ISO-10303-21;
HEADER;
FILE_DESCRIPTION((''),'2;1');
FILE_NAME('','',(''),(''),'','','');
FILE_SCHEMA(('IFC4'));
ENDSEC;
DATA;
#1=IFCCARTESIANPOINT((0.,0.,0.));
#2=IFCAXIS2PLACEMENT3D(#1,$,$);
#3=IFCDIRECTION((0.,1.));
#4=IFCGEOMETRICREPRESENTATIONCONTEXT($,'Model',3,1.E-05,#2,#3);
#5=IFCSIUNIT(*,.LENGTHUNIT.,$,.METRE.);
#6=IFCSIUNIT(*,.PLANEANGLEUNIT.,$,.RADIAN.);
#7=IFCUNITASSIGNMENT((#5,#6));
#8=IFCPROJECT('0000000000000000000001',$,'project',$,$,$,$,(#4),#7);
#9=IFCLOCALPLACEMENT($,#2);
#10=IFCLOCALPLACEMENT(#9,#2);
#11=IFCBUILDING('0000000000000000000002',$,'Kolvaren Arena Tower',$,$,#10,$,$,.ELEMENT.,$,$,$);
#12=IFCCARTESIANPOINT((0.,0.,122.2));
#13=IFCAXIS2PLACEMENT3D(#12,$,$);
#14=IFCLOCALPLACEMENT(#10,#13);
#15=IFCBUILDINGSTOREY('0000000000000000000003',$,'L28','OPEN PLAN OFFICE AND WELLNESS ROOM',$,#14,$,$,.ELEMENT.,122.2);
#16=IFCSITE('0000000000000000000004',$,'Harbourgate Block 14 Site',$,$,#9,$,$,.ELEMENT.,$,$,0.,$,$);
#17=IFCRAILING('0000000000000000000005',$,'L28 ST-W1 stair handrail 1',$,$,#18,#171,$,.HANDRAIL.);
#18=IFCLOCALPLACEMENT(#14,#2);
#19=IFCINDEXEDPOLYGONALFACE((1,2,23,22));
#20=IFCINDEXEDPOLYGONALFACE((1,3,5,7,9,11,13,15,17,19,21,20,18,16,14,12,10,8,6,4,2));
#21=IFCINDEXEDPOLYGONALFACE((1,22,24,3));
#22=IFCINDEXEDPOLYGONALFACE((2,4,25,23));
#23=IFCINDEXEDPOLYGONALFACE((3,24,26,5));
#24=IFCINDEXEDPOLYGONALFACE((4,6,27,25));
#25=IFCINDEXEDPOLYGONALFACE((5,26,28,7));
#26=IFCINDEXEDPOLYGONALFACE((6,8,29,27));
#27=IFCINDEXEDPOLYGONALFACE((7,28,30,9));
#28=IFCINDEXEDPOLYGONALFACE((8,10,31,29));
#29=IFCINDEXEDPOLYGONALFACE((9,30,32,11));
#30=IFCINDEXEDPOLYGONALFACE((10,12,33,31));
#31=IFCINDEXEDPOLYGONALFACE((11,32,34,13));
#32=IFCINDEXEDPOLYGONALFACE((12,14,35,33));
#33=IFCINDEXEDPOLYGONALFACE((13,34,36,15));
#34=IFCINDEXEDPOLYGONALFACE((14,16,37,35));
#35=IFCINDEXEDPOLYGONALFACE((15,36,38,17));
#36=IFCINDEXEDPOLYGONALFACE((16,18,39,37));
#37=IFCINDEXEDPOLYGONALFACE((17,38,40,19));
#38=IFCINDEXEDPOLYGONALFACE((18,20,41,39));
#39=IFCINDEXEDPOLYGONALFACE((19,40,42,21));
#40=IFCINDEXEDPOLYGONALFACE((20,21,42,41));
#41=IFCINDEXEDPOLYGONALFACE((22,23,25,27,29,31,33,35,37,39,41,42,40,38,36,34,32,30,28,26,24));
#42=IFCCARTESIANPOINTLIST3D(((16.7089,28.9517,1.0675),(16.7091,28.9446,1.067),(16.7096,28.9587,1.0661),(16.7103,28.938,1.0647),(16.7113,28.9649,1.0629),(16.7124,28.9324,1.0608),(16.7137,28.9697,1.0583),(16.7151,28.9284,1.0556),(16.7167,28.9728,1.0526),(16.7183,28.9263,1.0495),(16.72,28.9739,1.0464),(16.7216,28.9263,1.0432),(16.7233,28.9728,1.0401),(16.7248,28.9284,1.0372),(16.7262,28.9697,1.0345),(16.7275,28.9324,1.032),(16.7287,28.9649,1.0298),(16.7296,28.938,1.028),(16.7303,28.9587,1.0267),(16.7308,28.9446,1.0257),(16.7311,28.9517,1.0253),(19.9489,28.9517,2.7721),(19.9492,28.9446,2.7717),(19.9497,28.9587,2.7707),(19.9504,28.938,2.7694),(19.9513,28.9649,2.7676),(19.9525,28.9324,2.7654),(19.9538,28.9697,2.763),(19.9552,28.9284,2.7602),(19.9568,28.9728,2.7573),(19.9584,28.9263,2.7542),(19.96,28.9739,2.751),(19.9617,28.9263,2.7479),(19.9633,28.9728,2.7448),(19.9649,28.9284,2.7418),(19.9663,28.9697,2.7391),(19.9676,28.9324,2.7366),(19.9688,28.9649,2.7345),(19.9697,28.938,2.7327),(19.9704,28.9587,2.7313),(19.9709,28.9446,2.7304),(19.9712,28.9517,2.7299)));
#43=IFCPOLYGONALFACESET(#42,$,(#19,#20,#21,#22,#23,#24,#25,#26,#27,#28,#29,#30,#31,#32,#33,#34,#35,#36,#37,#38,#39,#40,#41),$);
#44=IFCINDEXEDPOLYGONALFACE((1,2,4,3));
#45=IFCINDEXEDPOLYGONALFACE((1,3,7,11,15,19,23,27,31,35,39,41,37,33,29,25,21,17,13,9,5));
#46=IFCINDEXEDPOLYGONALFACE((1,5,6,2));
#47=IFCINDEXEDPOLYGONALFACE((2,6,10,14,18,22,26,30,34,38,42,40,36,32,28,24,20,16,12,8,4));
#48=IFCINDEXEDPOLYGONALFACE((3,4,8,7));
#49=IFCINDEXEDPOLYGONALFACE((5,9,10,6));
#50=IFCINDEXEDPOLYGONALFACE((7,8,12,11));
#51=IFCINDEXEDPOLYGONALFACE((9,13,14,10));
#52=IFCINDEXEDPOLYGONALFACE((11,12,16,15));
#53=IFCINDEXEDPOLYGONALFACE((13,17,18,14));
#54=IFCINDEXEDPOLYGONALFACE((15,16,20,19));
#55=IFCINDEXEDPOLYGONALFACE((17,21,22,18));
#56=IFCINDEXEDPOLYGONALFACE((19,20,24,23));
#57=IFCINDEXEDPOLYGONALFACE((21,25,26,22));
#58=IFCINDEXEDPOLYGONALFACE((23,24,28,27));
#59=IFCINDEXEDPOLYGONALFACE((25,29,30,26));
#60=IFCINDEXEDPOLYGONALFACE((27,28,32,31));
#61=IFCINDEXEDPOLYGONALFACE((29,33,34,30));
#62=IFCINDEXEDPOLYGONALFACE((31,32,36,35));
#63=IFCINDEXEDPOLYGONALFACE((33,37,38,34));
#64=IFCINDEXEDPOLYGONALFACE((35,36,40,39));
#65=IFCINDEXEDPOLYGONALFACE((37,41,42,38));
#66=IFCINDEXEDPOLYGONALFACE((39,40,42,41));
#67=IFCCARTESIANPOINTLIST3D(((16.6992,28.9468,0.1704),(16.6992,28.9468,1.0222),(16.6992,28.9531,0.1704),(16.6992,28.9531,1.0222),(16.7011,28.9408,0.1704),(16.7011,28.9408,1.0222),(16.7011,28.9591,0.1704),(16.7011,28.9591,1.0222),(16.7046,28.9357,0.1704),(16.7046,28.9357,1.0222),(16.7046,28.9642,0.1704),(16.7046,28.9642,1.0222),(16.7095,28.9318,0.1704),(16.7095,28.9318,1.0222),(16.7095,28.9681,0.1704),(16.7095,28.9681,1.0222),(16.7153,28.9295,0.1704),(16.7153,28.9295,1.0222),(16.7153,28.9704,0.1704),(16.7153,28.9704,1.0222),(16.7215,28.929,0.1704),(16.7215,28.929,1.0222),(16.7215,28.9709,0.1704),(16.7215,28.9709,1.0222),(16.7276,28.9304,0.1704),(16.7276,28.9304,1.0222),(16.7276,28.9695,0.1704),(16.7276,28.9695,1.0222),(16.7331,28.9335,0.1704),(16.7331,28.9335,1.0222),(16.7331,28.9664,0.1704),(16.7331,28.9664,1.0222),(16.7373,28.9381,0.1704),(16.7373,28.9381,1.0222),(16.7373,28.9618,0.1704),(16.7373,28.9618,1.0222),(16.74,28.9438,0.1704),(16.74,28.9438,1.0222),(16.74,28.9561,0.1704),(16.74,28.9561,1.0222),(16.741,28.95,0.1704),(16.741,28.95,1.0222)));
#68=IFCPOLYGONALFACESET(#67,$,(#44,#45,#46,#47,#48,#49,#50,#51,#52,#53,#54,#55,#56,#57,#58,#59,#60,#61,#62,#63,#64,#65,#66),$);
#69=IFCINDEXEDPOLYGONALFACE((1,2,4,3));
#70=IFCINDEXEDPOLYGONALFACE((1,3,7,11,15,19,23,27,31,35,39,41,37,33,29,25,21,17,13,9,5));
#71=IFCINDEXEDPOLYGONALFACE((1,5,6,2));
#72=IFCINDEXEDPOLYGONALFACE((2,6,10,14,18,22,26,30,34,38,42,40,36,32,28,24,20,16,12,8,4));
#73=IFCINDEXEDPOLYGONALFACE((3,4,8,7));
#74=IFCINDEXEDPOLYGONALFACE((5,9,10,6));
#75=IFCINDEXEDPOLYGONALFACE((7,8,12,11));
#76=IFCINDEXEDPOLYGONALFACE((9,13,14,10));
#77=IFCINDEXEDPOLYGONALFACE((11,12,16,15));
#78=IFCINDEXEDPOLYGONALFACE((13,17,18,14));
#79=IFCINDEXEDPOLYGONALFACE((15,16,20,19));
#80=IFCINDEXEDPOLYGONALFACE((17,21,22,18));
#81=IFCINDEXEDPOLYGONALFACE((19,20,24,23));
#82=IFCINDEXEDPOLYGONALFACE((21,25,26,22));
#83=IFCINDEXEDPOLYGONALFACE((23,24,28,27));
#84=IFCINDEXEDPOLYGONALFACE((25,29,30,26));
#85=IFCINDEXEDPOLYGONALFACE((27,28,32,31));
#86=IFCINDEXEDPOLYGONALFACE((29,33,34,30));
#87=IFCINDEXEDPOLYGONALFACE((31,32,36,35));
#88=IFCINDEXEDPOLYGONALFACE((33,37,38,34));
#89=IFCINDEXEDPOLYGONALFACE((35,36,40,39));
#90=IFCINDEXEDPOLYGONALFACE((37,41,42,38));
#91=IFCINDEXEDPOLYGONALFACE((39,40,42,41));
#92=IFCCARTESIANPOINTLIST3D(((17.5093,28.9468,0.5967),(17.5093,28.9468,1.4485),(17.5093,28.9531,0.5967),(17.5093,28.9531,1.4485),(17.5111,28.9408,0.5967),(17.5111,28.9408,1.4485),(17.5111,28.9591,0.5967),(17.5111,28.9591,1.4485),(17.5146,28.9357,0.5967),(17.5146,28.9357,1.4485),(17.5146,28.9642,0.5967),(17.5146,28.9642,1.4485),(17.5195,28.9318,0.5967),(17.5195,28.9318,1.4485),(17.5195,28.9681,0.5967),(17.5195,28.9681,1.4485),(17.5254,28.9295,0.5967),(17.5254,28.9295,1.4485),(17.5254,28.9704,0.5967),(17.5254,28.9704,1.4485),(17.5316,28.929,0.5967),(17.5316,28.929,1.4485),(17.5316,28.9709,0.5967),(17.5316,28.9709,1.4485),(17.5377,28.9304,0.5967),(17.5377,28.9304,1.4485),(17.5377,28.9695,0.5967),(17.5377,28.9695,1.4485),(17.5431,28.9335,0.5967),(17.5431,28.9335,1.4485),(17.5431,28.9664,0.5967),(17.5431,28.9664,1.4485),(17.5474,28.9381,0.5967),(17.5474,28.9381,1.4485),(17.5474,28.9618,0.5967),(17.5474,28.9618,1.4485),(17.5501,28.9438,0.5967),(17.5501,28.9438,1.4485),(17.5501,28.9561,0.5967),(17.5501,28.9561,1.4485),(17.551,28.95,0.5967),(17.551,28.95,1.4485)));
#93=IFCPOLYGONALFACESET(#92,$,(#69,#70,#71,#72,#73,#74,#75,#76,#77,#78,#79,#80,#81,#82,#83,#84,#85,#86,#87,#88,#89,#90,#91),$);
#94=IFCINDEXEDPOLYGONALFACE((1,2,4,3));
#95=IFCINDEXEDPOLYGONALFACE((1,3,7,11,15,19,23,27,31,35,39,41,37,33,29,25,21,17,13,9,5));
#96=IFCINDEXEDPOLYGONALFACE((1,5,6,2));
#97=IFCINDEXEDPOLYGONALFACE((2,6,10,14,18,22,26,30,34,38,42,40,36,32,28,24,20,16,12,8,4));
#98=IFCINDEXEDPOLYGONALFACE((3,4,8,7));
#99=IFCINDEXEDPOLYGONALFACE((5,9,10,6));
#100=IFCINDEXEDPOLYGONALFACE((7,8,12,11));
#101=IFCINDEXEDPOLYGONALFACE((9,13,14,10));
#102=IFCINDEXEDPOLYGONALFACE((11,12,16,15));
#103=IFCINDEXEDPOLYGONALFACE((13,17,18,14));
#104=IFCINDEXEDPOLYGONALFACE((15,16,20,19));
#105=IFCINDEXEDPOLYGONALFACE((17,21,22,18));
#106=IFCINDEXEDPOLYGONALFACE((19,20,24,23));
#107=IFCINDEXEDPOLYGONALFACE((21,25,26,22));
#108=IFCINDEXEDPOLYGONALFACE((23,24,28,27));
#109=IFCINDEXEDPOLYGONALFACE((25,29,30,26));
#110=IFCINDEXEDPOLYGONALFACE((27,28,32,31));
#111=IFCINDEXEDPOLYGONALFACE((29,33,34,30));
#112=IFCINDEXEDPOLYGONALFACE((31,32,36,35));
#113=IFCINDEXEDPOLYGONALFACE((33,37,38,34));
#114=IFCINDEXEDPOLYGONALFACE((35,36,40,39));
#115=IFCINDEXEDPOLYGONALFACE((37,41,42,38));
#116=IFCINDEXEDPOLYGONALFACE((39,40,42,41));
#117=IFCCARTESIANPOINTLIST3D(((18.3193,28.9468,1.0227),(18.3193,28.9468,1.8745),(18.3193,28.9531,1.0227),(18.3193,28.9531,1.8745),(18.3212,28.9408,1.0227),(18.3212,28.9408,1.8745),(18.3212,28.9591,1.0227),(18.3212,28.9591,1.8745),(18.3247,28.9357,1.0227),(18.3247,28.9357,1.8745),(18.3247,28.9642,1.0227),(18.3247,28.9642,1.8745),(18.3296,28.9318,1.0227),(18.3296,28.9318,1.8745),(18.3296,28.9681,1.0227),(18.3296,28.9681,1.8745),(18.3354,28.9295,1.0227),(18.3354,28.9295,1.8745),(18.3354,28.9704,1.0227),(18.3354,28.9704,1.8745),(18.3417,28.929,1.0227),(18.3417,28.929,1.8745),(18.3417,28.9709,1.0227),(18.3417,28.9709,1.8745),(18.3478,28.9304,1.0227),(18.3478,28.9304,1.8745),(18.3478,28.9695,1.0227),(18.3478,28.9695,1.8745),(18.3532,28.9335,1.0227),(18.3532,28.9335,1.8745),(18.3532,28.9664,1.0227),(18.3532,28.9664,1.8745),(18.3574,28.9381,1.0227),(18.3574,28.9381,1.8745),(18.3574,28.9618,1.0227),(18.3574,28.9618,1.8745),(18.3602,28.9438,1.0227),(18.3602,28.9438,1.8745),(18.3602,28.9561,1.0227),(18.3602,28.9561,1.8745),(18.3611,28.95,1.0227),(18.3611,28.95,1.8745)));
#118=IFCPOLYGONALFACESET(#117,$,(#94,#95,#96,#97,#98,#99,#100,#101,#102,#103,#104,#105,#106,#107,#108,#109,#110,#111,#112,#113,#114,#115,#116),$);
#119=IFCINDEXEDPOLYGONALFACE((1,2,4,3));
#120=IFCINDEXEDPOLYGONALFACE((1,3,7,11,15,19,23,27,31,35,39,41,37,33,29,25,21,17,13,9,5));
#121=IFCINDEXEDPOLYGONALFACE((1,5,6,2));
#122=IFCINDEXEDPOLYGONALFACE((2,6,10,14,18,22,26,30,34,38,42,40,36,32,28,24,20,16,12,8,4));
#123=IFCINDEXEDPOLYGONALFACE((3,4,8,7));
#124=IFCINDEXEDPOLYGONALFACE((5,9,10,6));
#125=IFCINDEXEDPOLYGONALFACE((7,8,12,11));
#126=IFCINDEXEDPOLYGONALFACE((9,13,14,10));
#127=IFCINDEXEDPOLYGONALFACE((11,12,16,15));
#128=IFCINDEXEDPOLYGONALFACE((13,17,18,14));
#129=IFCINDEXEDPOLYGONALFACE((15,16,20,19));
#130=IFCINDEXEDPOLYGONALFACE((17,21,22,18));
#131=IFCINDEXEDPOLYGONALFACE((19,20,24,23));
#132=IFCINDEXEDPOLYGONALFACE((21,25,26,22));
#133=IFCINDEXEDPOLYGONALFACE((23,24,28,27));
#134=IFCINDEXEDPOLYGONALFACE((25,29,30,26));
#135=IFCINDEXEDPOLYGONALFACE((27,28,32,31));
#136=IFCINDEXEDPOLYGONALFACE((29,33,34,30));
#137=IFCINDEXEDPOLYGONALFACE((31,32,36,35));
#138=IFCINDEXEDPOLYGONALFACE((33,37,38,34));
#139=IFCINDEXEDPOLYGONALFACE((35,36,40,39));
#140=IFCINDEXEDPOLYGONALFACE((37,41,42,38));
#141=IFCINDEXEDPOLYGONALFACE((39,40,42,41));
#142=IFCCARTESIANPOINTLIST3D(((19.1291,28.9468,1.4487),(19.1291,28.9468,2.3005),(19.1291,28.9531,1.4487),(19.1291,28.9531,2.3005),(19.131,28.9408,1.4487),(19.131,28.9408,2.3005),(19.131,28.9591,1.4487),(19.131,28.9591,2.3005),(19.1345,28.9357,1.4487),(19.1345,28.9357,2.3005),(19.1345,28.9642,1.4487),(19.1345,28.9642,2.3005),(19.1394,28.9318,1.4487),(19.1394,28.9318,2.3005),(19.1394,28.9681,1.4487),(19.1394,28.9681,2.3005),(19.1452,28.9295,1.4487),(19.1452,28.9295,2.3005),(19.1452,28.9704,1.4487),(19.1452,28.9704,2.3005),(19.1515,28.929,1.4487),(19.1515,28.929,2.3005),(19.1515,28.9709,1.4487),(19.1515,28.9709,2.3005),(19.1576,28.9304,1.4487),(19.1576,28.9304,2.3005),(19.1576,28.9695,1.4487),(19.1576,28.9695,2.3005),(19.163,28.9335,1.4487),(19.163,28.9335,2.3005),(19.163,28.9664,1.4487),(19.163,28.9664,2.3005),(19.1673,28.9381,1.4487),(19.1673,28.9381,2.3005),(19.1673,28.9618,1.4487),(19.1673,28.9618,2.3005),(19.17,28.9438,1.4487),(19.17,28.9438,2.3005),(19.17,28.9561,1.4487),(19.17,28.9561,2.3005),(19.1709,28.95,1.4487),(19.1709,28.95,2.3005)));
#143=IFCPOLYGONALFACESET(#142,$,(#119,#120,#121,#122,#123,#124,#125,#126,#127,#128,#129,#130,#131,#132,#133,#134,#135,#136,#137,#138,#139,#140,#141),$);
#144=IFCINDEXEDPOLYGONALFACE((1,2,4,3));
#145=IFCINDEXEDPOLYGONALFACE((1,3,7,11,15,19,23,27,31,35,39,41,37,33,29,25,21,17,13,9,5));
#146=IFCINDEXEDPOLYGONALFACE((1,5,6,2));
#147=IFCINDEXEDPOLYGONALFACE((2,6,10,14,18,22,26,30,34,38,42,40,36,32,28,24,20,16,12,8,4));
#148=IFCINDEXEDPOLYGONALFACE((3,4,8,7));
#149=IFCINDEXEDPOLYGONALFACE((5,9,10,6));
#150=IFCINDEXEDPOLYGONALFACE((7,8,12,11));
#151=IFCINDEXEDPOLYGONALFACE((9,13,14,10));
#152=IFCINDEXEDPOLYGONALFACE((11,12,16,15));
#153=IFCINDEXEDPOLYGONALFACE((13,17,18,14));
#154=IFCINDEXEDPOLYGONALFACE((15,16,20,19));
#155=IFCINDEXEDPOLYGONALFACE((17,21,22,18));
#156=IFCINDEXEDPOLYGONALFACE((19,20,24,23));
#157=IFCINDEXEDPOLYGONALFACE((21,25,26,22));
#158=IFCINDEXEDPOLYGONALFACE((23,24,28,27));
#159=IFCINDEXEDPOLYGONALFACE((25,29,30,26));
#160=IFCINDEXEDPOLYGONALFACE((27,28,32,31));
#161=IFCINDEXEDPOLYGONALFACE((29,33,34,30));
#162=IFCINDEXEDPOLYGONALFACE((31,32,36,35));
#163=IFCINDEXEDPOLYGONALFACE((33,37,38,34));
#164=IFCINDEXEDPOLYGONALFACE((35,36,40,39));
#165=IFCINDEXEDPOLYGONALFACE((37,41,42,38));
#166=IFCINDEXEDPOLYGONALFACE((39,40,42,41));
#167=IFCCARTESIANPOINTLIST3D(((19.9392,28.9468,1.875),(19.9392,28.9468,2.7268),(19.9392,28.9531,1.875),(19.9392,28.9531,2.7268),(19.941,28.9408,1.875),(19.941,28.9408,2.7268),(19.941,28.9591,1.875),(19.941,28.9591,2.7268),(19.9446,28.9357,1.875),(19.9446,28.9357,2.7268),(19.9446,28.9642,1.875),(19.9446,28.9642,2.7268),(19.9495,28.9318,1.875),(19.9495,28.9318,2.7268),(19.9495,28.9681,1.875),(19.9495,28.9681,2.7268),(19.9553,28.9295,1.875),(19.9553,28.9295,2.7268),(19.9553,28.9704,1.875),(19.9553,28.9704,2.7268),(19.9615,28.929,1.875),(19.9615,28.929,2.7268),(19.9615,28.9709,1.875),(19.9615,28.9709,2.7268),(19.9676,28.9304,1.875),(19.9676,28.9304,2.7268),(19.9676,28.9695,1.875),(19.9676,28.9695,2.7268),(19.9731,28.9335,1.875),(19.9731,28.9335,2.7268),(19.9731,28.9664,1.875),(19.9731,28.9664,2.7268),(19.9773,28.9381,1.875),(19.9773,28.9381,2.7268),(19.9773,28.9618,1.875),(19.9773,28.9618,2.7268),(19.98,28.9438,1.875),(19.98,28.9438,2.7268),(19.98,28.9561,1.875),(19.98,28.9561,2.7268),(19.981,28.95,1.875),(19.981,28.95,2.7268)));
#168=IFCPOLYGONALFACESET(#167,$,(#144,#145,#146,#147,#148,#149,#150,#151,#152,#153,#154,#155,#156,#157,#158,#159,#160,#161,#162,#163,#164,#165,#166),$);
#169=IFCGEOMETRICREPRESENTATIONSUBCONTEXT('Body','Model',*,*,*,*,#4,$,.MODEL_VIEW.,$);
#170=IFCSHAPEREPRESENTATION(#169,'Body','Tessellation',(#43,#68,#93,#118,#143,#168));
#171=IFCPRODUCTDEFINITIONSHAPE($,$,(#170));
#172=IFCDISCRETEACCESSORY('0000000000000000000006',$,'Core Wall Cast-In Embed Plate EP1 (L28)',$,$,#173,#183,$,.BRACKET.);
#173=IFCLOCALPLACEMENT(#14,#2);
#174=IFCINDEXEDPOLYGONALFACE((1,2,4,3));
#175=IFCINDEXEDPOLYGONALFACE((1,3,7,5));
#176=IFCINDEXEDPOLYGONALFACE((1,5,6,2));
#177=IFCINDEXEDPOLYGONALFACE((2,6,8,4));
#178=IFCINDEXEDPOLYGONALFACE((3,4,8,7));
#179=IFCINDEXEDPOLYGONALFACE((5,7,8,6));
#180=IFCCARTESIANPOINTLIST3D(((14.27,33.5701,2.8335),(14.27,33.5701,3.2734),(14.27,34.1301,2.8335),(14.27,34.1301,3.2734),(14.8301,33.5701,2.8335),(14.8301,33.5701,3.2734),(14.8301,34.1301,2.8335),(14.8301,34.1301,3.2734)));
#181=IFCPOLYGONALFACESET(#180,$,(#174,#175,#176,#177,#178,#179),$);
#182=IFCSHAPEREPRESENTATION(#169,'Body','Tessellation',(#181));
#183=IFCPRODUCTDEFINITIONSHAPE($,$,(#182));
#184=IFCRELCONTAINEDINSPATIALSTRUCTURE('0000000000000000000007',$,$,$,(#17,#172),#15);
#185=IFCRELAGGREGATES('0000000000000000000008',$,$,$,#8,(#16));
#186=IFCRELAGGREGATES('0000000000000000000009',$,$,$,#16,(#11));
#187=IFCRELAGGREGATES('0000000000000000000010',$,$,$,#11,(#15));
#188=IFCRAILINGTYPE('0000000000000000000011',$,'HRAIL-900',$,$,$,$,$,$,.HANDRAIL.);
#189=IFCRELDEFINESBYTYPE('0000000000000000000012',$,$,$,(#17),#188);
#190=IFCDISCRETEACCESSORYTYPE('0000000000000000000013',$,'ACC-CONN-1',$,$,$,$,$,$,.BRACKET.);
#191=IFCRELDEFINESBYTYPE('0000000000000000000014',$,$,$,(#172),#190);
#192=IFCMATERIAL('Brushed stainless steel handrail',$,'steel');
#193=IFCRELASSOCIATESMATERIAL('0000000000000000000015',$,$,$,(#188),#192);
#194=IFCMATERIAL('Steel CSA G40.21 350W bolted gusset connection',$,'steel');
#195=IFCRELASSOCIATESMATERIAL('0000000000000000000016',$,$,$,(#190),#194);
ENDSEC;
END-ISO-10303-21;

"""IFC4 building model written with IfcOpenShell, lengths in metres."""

from ifc_helpers import new_model, si_unit, direction, frame, origin, origin_2d, place, context, subcontext, project, spatial, rectangle, circle, extrude, material, type_object, element, save


model = new_model("IFC4")

# Units and contexts
model_context = context("Model", 3, precision=1e-05, world=origin(), true_north=direction((0.0, 1.0)))
body_context = subcontext(model_context, "Body", "Model", "MODEL_VIEW")
ifc_project = project(units=[si_unit("LENGTHUNIT", "METRE"), si_unit("PLANEANGLEUNIT", "RADIAN")], contexts=[model_context])

# Site, building, storey
site_placement = place(None, origin())
site = spatial("IfcSite", under=ifc_project, at=site_placement, Name="Harbourgate Block 14 Site", CompositionType="ELEMENT", RefElevation=0.0)
building_placement = place(site_placement, origin())
building = spatial("IfcBuilding", under=site, at=building_placement, Name="Kolvaren Arena Tower", CompositionType="ELEMENT")
storey_placement = place(building_placement, frame((0.0, 0.0, 122.2)))
storey = spatial("IfcBuildingStorey", under=building, at=storey_placement, Name="L28", Description="OPEN PLAN OFFICE AND WELLNESS ROOM", CompositionType="ELEMENT", Elevation=122.2)

# Railing
ifc_material_1 = material(Name="Brushed stainless steel handrail", Category="steel")
railing_type_1 = type_object("IfcRailingType", Name="HRAIL-900", PredefinedType="HANDRAIL", material=ifc_material_1)
railing_1_placement = place(storey_placement, frame((16.72, 28.95, 0.1704)))
element("IfcRailing", 1, at=railing_1_placement, inside=storey, type_object=railing_type_1, Name="L28 ST-W1 stair handrail 1", PredefinedType="HANDRAIL", context=body_context, shape_type="SweptSolid", body=[
    extrude(circle(Radius=0.0239, at=origin_2d()), frame((0.0, 0.0, 0.876), z_axis=(0.884993, 0.0, 0.465604), x_axis=(0.0, 1.0, 0.0)), (0.0, 0.0, 1.0), 3.6611),
    extrude(circle(Radius=0.021, at=origin_2d()), origin(), (0.0, 0.0, 1.0), 0.8518),
    extrude(circle(Radius=0.021, at=origin_2d()), frame((0.8101, 0.0, 0.4263)), (0.0, 0.0, 1.0), 0.8518),
    extrude(circle(Radius=0.021, at=origin_2d()), frame((1.6201, 0.0, 0.8523)), (0.0, 0.0, 1.0), 0.8518),
    extrude(circle(Radius=0.021, at=origin_2d()), frame((2.4299, 0.0, 1.2783)), (0.0, 0.0, 1.0), 0.8518),
    extrude(circle(Radius=0.021, at=origin_2d()), frame((3.24, 0.0, 1.7046)), (0.0, 0.0, 1.0), 0.8518),
])

# Discrete accessory
ifc_material_2 = material(Name="Steel CSA G40.21 350W bolted gusset connection", Category="steel")
discrete_accessory_type = type_object("IfcDiscreteAccessoryType", Name="ACC-CONN-1", PredefinedType="BRACKET", material=ifc_material_2)
discrete_accessory_placement = place(storey_placement, frame((14.55, 33.8501, 2.8335), z_axis=(0.0, 0.0, 1.0), x_axis=(1.0, 0.0, 0.0)))
element("IfcDiscreteAccessory", 2, at=discrete_accessory_placement, inside=storey, type_object=discrete_accessory_type, Name="Core Wall Cast-In Embed Plate EP1 (L28)", PredefinedType="BRACKET", context=body_context, shape_type="SweptSolid", body=[
    extrude(rectangle(XDim=0.5601, YDim=0.5601, at=origin_2d()), origin(), (0.0, 0.0, 1.0), 0.4399),
])

save(model, "model.ifc")
